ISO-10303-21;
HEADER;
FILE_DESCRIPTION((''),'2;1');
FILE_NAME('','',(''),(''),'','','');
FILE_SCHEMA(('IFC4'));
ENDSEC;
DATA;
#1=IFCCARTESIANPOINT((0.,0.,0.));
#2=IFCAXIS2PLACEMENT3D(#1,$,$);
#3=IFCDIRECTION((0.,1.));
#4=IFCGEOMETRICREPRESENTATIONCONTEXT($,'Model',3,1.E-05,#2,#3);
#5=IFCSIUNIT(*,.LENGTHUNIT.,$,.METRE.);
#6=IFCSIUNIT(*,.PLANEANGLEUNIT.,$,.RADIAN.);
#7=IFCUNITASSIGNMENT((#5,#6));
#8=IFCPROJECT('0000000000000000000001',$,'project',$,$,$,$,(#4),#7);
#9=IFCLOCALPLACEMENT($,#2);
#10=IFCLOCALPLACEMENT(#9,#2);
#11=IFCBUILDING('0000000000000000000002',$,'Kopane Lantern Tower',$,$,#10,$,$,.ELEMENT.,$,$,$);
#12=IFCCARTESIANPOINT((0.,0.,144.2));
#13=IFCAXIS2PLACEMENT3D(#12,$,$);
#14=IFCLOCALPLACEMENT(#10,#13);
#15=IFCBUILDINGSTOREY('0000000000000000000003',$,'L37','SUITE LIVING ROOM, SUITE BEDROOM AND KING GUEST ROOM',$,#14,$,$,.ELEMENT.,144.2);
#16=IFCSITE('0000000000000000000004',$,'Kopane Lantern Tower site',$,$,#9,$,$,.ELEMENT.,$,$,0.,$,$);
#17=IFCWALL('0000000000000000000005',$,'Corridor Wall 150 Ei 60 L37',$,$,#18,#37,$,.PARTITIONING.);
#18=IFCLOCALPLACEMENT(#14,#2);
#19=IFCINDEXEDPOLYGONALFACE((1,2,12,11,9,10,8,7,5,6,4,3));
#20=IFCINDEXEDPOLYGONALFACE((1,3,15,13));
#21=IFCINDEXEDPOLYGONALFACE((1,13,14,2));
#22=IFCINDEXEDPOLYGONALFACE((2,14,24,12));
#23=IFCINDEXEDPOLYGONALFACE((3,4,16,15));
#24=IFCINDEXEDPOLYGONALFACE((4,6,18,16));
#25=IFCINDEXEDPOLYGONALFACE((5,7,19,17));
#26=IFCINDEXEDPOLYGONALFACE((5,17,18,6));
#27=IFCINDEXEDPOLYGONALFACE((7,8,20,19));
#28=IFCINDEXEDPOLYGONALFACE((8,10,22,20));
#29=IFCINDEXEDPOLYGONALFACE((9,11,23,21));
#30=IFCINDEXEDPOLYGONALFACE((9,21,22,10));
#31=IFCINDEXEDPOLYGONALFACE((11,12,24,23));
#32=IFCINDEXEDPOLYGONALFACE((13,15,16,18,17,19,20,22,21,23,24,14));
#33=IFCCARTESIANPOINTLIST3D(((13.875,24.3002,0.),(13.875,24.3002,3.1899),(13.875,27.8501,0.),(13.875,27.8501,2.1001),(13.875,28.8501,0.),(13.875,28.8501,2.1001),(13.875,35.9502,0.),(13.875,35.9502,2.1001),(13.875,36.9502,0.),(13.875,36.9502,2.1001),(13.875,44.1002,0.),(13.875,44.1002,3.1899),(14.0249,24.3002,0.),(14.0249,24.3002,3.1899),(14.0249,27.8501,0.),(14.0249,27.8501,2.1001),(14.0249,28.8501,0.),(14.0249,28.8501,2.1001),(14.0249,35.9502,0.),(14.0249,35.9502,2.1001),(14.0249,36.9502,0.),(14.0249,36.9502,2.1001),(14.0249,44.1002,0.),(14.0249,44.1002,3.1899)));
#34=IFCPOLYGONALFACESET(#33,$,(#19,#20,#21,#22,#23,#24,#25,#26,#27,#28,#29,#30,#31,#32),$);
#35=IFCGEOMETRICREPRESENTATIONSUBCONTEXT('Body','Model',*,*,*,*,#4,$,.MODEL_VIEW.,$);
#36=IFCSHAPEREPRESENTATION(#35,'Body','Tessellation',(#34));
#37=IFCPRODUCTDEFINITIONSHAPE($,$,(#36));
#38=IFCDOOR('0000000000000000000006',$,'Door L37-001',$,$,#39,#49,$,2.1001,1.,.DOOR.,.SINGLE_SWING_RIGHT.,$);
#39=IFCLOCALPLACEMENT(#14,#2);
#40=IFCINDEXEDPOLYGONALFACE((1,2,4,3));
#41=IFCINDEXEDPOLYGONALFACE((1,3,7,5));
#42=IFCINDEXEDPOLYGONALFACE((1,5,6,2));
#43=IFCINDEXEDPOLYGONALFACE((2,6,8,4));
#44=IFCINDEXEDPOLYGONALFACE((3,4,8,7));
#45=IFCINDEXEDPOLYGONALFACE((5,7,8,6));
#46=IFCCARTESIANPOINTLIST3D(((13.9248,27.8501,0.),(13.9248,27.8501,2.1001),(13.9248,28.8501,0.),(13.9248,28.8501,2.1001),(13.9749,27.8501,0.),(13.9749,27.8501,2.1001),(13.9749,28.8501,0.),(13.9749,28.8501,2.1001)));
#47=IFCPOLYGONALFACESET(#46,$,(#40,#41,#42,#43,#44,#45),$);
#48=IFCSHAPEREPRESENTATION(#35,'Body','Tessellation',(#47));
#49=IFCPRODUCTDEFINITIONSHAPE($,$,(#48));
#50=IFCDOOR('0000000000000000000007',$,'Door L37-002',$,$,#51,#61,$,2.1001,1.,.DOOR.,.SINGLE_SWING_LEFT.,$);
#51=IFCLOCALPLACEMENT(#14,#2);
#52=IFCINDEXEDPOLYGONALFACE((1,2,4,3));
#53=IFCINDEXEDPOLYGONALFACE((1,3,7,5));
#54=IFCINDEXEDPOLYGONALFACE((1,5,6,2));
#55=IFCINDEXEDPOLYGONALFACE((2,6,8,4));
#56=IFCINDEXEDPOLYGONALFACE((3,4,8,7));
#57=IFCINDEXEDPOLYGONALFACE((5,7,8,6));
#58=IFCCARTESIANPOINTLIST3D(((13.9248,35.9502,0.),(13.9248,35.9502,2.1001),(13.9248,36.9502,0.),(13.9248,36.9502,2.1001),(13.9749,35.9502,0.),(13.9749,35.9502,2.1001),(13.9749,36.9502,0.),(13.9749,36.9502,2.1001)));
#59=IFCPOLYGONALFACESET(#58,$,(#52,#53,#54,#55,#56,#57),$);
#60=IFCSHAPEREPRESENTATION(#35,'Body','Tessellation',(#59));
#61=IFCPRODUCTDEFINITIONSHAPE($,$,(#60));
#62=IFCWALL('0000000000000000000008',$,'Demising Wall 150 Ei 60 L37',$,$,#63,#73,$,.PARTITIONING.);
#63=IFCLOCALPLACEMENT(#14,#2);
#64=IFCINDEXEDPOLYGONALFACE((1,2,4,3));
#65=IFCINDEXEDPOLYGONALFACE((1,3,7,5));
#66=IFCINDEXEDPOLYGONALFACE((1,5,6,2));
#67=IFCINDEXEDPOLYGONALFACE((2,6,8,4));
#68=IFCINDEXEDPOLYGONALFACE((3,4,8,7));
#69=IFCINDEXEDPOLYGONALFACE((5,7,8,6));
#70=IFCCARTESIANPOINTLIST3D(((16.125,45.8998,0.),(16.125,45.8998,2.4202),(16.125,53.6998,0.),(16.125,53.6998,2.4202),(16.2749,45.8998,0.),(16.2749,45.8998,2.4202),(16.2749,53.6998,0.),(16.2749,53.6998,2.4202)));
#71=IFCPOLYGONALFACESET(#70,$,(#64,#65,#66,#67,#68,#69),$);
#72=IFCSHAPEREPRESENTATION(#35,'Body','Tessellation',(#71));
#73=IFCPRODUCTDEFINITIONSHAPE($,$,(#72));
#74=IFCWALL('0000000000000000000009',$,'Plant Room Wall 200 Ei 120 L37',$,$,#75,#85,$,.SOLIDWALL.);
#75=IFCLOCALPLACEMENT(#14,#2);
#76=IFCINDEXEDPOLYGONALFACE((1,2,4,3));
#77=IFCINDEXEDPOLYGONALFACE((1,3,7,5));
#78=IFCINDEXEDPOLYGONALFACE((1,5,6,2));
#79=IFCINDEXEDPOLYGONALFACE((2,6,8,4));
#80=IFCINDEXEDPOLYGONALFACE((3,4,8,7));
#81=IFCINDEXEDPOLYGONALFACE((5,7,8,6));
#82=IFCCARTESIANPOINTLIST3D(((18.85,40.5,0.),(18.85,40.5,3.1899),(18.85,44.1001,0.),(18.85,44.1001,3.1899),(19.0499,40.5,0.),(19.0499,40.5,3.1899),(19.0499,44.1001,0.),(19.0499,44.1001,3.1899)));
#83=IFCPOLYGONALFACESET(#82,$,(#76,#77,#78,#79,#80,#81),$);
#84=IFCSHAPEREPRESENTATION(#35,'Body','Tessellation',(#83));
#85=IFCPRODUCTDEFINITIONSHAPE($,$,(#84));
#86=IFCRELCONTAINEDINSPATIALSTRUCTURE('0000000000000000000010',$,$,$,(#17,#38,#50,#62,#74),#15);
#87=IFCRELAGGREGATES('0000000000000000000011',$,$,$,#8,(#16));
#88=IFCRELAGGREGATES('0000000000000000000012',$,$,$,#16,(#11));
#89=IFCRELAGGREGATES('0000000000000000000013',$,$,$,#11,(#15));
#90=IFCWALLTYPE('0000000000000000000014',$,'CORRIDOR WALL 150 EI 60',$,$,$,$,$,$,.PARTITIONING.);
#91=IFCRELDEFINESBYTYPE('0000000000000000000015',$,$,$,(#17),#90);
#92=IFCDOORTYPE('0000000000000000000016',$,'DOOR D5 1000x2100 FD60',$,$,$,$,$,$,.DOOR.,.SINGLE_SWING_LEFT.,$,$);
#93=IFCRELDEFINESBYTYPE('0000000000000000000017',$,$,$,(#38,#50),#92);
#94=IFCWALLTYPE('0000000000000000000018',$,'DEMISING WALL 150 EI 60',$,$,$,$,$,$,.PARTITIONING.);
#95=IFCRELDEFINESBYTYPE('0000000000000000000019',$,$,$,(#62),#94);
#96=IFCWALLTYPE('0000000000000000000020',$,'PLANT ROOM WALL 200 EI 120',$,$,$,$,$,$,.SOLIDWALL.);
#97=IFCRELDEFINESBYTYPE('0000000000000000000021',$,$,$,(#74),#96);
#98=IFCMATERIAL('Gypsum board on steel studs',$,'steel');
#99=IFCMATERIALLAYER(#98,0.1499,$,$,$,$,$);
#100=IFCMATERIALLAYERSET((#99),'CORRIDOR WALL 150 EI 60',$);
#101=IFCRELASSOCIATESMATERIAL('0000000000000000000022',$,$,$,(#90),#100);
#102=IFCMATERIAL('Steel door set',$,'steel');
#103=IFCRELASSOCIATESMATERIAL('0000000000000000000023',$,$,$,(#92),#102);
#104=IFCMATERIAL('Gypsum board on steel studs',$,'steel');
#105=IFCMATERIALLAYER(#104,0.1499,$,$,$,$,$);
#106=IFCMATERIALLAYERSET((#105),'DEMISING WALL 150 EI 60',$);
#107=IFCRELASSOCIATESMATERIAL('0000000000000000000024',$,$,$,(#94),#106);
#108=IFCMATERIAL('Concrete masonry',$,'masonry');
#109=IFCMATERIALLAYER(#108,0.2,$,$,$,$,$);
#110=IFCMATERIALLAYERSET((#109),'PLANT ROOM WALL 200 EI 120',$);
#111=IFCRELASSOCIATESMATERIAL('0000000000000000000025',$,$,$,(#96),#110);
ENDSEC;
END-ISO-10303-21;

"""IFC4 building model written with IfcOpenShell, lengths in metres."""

from ifc_helpers import new_model, si_unit, direction, frame, frame_2d, origin, place, context, subcontext, project, spatial, rectangle, extrude, material, layer, layer_set, type_object, element, fill, save


model = new_model("IFC4")

# Units and contexts
model_context = context("Model", 3, precision=1e-05, world=origin(), true_north=direction((0.0, 1.0)))
body_context = subcontext(model_context, "Body", "Model", "MODEL_VIEW")
ifc_project = project(units=[si_unit("LENGTHUNIT", "METRE"), si_unit("PLANEANGLEUNIT", "RADIAN")], contexts=[model_context])

# Site, building, storey
site_placement = place(None, origin())
site = spatial("IfcSite", under=ifc_project, at=site_placement, Name="Kopane Lantern Tower site", CompositionType="ELEMENT", RefElevation=0.0)
building_placement = place(site_placement, origin())
building = spatial("IfcBuilding", under=site, at=building_placement, Name="Kopane Lantern Tower", CompositionType="ELEMENT")
storey_placement = place(building_placement, frame((0.0, 0.0, 144.2)))
storey = spatial("IfcBuildingStorey", under=building, at=storey_placement, Name="L37", Description="SUITE LIVING ROOM, SUITE BEDROOM AND KING GUEST ROOM", CompositionType="ELEMENT", Elevation=144.2)

# Wall, openings, doors
ifc_material_1 = material(Name="Gypsum board on steel studs", Category="steel")
ifc_layer_1 = layer(ifc_material_1, 0.1499)
ifc_layer_set_1 = layer_set([ifc_layer_1], Name="CORRIDOR WALL 150 EI 60")
wall_type_1 = type_object("IfcWallType", Name="CORRIDOR WALL 150 EI 60", PredefinedType="PARTITIONING", material=ifc_layer_set_1)
wall_1_placement = place(storey_placement, frame((13.95, 44.1001, 0.0), z_axis=(0.0, 0.0, 1.0), x_axis=(0.0, -1.0, 0.0)))
wall_1 = element("IfcWall", 1, at=wall_1_placement, inside=storey, type_object=wall_type_1, Name="Corridor Wall 150 Ei 60 L37", PredefinedType="PARTITIONING", context=body_context, shape_type="SweptSolid", body=[
    extrude(rectangle(XDim=19.8, YDim=0.1499, at=frame_2d((9.8999, 0.0))), origin(), (0.0, 0.0, 1.0), 3.1899),
])
opening_1_placement = place(wall_1_placement, frame((15.25, 0.0, 0.0)))
opening_1 = element("IfcOpeningElement", 2, at=opening_1_placement, cuts=wall_1, PredefinedType="OPENING", context=body_context, shape_type="SweptSolid", body=[
    extrude(rectangle(XDim=1.0, YDim=2.1001, at=frame_2d((0.5, 1.05))), frame((0.0, 0.085, 0.0), z_axis=(0.0, -1.0, 0.0), x_axis=(1.0, 0.0, 0.0)), (0.0, 0.0, 1.0), 0.1699),
])
opening_2_placement = place(wall_1_placement, frame((7.1499, 0.0, 0.0)))
opening_2 = element("IfcOpeningElement", 3, at=opening_2_placement, cuts=wall_1, PredefinedType="OPENING", context=body_context, shape_type="SweptSolid", body=[
    extrude(rectangle(XDim=1.0, YDim=2.1001, at=frame_2d((0.5, 1.05))), frame((0.0, 0.085, 0.0), z_axis=(0.0, -1.0, 0.0), x_axis=(1.0, 0.0, 0.0)), (0.0, 0.0, 1.0), 0.1699),
])
ifc_material_2 = material(Name="Steel door set", Category="steel")
door_type_1 = type_object("IfcDoorType", Name="DOOR D5 1000x2100 FD60", OperationType="SINGLE_SWING_LEFT", PredefinedType="DOOR", material=ifc_material_2)
door_1_placement = place(opening_1_placement, origin())
door_1 = element("IfcDoor", 4, at=door_1_placement, inside=storey, type_object=door_type_1, Name="Door L37-001", OperationType="SINGLE_SWING_RIGHT", OverallHeight=2.1001, OverallWidth=1.0, PredefinedType="DOOR", context=body_context, shape_type="SweptSolid", body=[
    extrude(rectangle(XDim=1.0, YDim=2.1001, at=frame_2d((0.5, 1.05))), frame((0.0, 0.0249, 0.0), z_axis=(0.0, -1.0, 0.0), x_axis=(1.0, 0.0, 0.0)), (0.0, 0.0, 1.0), 0.05),
])
fill(opening_1, door_1)
door_2_placement = place(opening_2_placement, origin())
door_2 = element("IfcDoor", 5, at=door_2_placement, inside=storey, type_object=door_type_1, Name="Door L37-002", OperationType="SINGLE_SWING_LEFT", OverallHeight=2.1001, OverallWidth=1.0, PredefinedType="DOOR", context=body_context, shape_type="SweptSolid", body=[
    extrude(rectangle(XDim=1.0, YDim=2.1001, at=frame_2d((0.5, 1.05))), frame((0.0, 0.0249, 0.0), z_axis=(0.0, -1.0, 0.0), x_axis=(1.0, 0.0, 0.0)), (0.0, 0.0, 1.0), 0.05),
])
fill(opening_2, door_2)

# Walls
ifc_material_3 = material(Name="Gypsum board on steel studs", Category="steel")
ifc_layer_2 = layer(ifc_material_3, 0.1499)
ifc_layer_set_2 = layer_set([ifc_layer_2], Name="DEMISING WALL 150 EI 60")
wall_type_2 = type_object("IfcWallType", Name="DEMISING WALL 150 EI 60", PredefinedType="PARTITIONING", material=ifc_layer_set_2)
wall_2_placement = place(storey_placement, frame((16.2, 45.8999, 0.0), z_axis=(0.0, 0.0, 1.0), x_axis=(0.0, 1.0, 0.0)))
element("IfcWall", 6, at=wall_2_placement, inside=storey, type_object=wall_type_2, Name="Demising Wall 150 Ei 60 L37", PredefinedType="PARTITIONING", context=body_context, shape_type="SweptSolid", body=[
    extrude(rectangle(XDim=7.8, YDim=0.1499, at=frame_2d((3.8999, 0.0))), origin(), (0.0, 0.0, 1.0), 2.4202),
])
ifc_material_4 = material(Name="Concrete masonry", Category="masonry")
ifc_layer_3 = layer(ifc_material_4, 0.2)
ifc_layer_set_3 = layer_set([ifc_layer_3], Name="PLANT ROOM WALL 200 EI 120")
wall_type_3 = type_object("IfcWallType", Name="PLANT ROOM WALL 200 EI 120", PredefinedType="SOLIDWALL", material=ifc_layer_set_3)
wall_3_placement = place(storey_placement, frame((18.95, 44.1001, 0.0), z_axis=(0.0, 0.0, 1.0), x_axis=(0.0, -1.0, 0.0)))
element("IfcWall", 7, at=wall_3_placement, inside=storey, type_object=wall_type_3, Name="Plant Room Wall 200 Ei 120 L37", PredefinedType="SOLIDWALL", context=body_context, shape_type="SweptSolid", body=[
    extrude(rectangle(XDim=3.6001, YDim=0.2, at=frame_2d((1.8, 0.0))), origin(), (0.0, 0.0, 1.0), 3.1899),
])

save(model, "model.ifc")
